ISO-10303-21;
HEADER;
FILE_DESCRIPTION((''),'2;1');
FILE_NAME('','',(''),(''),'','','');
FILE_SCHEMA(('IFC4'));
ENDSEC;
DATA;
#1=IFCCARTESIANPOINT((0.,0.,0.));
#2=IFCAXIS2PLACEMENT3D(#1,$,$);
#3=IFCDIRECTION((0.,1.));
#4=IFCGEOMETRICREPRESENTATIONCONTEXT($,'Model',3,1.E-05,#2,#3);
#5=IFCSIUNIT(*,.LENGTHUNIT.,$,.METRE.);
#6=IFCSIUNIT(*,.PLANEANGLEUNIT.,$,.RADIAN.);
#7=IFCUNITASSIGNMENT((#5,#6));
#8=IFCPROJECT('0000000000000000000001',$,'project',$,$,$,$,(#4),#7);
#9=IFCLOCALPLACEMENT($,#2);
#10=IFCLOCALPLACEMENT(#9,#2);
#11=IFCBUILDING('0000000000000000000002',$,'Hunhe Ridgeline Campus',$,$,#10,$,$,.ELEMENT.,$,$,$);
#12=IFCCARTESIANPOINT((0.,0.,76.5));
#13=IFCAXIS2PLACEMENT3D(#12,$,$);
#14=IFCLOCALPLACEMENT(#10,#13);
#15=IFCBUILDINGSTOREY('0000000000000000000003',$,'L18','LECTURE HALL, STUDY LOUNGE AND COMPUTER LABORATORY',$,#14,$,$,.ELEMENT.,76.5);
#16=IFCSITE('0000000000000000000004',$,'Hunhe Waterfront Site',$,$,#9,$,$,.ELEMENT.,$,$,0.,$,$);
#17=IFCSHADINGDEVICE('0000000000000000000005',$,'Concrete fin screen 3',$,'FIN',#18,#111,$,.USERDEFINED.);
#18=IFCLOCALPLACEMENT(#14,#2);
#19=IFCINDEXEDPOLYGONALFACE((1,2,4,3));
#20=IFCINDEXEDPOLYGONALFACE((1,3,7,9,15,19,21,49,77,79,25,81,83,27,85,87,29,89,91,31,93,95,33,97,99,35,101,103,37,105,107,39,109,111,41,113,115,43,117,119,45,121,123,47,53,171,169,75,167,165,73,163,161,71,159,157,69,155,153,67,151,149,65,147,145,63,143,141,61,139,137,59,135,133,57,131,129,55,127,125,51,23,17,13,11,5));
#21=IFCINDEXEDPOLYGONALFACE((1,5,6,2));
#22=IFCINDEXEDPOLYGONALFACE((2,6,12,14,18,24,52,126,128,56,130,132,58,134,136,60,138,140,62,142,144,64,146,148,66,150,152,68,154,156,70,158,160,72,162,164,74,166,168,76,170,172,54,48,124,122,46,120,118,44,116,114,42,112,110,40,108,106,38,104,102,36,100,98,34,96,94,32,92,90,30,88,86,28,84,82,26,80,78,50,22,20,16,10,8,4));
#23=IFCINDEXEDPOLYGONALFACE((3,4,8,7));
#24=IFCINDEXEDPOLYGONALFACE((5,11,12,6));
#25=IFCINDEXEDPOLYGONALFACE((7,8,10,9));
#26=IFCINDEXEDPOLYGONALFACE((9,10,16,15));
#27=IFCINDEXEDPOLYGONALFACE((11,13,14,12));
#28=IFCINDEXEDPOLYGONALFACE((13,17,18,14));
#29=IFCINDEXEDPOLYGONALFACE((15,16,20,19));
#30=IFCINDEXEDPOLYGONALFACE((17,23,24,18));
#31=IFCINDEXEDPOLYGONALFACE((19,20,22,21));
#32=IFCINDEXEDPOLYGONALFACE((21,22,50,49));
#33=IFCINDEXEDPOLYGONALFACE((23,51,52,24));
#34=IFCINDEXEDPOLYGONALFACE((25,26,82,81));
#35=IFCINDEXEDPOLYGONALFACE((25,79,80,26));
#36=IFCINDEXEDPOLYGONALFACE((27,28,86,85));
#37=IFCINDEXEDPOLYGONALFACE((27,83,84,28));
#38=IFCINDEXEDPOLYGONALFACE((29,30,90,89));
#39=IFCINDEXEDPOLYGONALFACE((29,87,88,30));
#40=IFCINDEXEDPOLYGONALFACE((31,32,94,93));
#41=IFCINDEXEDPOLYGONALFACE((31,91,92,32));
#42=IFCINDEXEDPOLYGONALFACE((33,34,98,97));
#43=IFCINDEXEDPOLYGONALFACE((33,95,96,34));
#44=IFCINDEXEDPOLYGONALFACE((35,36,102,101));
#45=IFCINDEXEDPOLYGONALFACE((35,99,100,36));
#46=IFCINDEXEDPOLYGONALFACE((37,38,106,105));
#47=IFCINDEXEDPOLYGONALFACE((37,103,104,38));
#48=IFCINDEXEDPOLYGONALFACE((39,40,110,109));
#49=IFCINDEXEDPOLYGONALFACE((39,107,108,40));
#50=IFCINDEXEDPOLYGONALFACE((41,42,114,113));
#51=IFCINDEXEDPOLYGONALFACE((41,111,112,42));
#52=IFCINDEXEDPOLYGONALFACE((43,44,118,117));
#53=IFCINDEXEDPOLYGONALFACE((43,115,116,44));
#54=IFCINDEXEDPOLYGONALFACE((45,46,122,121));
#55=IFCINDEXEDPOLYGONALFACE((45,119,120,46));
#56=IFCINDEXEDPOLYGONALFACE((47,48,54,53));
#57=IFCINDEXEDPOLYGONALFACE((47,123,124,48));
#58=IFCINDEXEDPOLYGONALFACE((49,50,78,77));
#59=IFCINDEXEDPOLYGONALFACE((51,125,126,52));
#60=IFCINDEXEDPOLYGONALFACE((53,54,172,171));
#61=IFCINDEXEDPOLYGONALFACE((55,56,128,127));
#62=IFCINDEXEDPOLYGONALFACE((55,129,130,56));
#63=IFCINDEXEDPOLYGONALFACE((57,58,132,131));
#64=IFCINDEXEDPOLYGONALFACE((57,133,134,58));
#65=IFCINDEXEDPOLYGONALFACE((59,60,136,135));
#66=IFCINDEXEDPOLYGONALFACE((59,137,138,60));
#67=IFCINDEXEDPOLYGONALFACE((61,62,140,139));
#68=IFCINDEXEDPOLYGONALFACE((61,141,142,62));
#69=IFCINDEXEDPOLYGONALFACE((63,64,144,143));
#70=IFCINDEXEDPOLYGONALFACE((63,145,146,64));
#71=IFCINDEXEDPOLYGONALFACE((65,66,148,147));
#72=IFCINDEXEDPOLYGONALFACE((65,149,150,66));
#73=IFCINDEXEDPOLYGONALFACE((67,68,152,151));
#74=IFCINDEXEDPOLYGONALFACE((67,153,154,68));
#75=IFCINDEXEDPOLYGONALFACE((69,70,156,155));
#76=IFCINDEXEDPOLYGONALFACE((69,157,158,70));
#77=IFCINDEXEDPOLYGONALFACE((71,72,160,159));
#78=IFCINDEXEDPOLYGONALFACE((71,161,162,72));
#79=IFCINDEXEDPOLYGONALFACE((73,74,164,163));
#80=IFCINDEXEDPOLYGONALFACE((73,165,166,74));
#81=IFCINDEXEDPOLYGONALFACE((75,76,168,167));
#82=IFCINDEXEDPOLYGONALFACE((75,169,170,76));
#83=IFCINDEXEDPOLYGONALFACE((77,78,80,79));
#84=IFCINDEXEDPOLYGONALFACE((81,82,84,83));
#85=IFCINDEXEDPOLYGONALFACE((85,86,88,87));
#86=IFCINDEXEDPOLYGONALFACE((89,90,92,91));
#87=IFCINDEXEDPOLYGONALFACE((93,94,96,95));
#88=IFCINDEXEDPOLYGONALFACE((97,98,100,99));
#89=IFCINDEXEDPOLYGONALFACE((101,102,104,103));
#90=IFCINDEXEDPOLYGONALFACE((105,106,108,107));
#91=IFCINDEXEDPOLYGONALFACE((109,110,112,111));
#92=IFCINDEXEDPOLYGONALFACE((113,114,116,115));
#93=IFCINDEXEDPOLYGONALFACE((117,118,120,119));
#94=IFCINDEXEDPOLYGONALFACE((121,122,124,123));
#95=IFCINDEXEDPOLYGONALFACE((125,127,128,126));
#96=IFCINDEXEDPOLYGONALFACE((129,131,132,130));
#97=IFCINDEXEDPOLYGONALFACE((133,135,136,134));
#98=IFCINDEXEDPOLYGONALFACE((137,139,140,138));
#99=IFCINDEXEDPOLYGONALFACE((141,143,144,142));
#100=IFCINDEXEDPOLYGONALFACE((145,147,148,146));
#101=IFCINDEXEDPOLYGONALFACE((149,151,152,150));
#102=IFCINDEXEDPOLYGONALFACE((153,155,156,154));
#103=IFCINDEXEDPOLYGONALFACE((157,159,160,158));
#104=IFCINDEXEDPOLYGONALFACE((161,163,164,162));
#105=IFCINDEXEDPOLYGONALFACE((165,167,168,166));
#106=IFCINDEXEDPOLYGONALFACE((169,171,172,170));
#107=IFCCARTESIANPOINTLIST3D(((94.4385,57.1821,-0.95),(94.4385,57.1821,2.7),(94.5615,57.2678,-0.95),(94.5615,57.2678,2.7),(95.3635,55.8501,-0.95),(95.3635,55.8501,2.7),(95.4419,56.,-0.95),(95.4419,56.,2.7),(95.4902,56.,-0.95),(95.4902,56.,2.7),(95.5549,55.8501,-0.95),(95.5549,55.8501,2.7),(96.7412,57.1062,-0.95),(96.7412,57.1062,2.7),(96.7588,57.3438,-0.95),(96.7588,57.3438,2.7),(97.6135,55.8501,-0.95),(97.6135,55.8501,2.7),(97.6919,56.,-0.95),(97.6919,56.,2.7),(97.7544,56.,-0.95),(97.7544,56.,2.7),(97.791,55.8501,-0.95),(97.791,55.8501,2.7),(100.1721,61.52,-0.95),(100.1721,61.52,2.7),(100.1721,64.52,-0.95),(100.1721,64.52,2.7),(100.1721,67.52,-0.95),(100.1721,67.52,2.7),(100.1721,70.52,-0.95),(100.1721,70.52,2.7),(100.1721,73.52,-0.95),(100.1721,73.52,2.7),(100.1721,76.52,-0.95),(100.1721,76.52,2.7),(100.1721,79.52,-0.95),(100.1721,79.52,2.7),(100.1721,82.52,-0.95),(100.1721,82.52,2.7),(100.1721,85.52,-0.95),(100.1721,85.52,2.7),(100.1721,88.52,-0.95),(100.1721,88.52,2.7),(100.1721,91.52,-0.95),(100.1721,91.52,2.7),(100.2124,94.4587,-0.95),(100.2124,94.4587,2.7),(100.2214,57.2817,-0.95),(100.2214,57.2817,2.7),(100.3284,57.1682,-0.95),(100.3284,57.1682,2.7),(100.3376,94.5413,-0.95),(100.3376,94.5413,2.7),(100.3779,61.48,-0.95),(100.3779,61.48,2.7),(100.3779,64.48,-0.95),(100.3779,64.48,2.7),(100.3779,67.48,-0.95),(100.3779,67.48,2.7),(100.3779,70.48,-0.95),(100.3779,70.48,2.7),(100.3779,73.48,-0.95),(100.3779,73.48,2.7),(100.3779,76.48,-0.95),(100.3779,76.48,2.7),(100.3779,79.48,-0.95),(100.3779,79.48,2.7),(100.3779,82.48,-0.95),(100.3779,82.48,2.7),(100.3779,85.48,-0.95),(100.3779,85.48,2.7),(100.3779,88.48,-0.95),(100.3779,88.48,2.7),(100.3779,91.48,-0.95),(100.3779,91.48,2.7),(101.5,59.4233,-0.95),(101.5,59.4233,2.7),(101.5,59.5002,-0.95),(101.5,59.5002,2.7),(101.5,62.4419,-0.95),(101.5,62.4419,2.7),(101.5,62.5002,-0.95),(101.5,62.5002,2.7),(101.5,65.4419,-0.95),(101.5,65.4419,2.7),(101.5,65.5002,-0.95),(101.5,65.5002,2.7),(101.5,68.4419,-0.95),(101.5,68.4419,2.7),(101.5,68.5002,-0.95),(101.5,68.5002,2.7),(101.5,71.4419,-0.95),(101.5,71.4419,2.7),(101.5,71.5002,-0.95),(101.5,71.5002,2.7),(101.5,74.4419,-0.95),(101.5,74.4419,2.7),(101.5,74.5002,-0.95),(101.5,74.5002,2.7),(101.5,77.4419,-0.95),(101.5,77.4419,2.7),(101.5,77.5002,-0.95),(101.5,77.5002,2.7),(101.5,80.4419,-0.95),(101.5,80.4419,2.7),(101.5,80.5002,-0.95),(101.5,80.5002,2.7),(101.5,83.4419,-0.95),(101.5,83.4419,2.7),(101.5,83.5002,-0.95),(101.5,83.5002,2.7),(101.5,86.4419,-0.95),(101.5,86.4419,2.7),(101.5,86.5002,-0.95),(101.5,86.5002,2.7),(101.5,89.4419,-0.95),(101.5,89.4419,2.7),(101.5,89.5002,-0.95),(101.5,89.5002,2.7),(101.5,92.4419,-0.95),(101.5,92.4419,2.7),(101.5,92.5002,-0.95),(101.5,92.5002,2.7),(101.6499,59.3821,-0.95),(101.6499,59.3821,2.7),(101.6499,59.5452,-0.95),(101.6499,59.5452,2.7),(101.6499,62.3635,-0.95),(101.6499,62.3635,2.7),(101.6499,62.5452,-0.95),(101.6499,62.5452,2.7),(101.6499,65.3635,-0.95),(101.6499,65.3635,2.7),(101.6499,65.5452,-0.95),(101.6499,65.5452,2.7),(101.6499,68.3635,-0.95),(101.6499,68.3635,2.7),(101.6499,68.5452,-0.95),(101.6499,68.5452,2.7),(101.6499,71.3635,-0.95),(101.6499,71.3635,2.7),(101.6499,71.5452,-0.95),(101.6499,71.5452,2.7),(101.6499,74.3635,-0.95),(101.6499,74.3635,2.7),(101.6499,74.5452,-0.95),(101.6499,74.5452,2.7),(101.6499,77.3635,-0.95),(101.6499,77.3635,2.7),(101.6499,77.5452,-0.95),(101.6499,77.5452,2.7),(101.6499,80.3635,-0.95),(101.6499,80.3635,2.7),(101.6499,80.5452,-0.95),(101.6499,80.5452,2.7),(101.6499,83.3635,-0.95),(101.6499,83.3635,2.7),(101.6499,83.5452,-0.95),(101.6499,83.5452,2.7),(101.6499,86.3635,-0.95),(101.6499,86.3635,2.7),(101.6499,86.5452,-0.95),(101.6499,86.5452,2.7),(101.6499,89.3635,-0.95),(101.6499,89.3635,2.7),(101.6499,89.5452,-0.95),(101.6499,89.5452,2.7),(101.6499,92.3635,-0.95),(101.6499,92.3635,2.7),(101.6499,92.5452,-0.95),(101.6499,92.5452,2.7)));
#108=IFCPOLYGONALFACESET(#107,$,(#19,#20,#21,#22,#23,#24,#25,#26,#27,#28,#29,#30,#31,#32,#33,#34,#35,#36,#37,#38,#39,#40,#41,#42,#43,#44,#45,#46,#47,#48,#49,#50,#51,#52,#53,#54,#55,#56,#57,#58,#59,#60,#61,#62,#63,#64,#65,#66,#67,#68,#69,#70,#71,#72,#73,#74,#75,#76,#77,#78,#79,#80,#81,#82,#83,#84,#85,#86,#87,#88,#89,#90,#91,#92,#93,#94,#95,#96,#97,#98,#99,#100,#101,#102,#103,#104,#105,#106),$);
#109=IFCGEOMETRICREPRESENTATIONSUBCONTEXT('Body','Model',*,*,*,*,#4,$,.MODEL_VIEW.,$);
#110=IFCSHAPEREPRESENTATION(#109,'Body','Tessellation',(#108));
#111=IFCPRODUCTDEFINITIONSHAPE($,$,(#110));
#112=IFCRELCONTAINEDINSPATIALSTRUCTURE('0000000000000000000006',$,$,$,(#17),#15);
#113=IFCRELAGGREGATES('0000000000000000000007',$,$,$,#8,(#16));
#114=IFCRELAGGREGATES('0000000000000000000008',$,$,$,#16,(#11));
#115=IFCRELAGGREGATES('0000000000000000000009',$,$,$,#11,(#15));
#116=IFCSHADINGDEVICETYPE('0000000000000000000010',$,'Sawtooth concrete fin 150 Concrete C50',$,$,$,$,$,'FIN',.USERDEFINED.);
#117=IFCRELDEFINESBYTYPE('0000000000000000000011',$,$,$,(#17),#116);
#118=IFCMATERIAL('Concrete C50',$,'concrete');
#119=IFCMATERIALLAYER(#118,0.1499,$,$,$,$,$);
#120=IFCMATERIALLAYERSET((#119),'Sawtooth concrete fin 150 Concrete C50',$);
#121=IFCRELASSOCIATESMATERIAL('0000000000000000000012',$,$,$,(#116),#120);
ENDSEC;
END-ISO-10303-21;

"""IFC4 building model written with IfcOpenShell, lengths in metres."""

from ifc_helpers import new_model, si_unit, direction, frame, origin, place, context, subcontext, project, spatial, polyline, outline, extrude, material, layer, layer_set, type_object, element, save


model = new_model("IFC4")

# Units and contexts
model_context = context("Model", 3, precision=1e-05, world=origin(), true_north=direction((0.0, 1.0)))
body_context = subcontext(model_context, "Body", "Model", "MODEL_VIEW")
ifc_project = project(units=[si_unit("LENGTHUNIT", "METRE"), si_unit("PLANEANGLEUNIT", "RADIAN")], contexts=[model_context])

# Site, building, storey
site_placement = place(None, origin())
site = spatial("IfcSite", under=ifc_project, at=site_placement, Name="Hunhe Waterfront Site", CompositionType="ELEMENT", RefElevation=0.0)
building_placement = place(site_placement, origin())
building = spatial("IfcBuilding", under=site, at=building_placement, Name="Hunhe Ridgeline Campus", CompositionType="ELEMENT")
storey_placement = place(building_placement, frame((0.0, 0.0, 76.5)))
storey = spatial("IfcBuildingStorey", under=building, at=storey_placement, Name="L18", Description="LECTURE HALL, STUDY LOUNGE AND COMPUTER LABORATORY", CompositionType="ELEMENT", Elevation=76.5)

# Shading device
ifc_material_1 = material(Name="Concrete C50", Category="concrete")
ifc_layer_1 = layer(ifc_material_1, 0.1499)
ifc_layer_set_1 = layer_set([ifc_layer_1], Name="Sawtooth concrete fin 150 Concrete C50")
shading_device_type = type_object("IfcShadingDeviceType", Name="Sawtooth concrete fin 150 Concrete C50", ElementType="FIN", PredefinedType="USERDEFINED", material=ifc_layer_set_1)
shading_device_1_placement = place(storey_placement, frame((0.0, 0.0, -0.95)))
element("IfcShadingDevice", 1, at=shading_device_1_placement, inside=storey, type_object=shading_device_type, Name="Concrete fin screen 3", ObjectType="FIN", PredefinedType="USERDEFINED", context=body_context, shape_type="SweptSolid", body=[
    extrude(outline(polyline([(94.5615, 57.2678), (94.4385, 57.1821), (95.3635, 55.8501), (95.5549, 55.8501), (96.7412, 57.1062), (97.6135, 55.8501), (97.791, 55.8501), (100.3284, 57.1682), (101.6499, 59.3821), (101.6499, 59.5452), (100.3779, 61.48), (101.6499, 62.3635), (101.6499, 62.5452), (100.3779, 64.48), (101.6499, 65.3635), (101.6499, 65.5452), (100.3779, 67.48), (101.6499, 68.3635), (101.6499, 68.5452), (100.3779, 70.48), (101.6499, 71.3635), (101.6499, 71.5452), (100.3779, 73.48), (101.6499, 74.3635), (101.6499, 74.5452), (100.3779, 76.48), (101.6499, 77.3635), (101.6499, 77.5452), (100.3779, 79.48), (101.6499, 80.3635), (101.6499, 80.5452), (100.3779, 82.48), (101.6499, 83.3635), (101.6499, 83.5452), (100.3779, 85.48), (101.6499, 86.3635), (101.6499, 86.5452), (100.3779, 88.48), (101.6499, 89.3635), (101.6499, 89.5452), (100.3779, 91.48), (101.6499, 92.3635), (101.6499, 92.5452), (100.3376, 94.5413), (100.2124, 94.4587), (101.5, 92.5002), (101.5, 92.4419), (100.1721, 91.52), (101.5, 89.5002), (101.5, 89.4419), (100.1721, 88.52), (101.5, 86.5002), (101.5, 86.4419), (100.1721, 85.52), (101.5, 83.5002), (101.5, 83.4419), (100.1721, 82.52), (101.5, 80.5002), (101.5, 80.4419), (100.1721, 79.52), (101.5, 77.5002), (101.5, 77.4419), (100.1721, 76.52), (101.5, 74.5002), (101.5, 74.4419), (100.1721, 73.52), (101.5, 71.5002), (101.5, 71.4419), (100.1721, 70.52), (101.5, 68.5002), (101.5, 68.4419), (100.1721, 67.52), (101.5, 65.5002), (101.5, 65.4419), (100.1721, 64.52), (101.5, 62.5002), (101.5, 62.4419), (100.1721, 61.52), (101.5, 59.5002), (101.5, 59.4233), (100.2214, 57.2817), (97.7544, 56.0), (97.6919, 56.0), (96.7588, 57.3438), (95.4902, 56.0), (95.4419, 56.0), (94.5615, 57.2678)])), origin(), (0.0, 0.0, 1.0), 3.6499),
])

save(model, "model.ifc")
